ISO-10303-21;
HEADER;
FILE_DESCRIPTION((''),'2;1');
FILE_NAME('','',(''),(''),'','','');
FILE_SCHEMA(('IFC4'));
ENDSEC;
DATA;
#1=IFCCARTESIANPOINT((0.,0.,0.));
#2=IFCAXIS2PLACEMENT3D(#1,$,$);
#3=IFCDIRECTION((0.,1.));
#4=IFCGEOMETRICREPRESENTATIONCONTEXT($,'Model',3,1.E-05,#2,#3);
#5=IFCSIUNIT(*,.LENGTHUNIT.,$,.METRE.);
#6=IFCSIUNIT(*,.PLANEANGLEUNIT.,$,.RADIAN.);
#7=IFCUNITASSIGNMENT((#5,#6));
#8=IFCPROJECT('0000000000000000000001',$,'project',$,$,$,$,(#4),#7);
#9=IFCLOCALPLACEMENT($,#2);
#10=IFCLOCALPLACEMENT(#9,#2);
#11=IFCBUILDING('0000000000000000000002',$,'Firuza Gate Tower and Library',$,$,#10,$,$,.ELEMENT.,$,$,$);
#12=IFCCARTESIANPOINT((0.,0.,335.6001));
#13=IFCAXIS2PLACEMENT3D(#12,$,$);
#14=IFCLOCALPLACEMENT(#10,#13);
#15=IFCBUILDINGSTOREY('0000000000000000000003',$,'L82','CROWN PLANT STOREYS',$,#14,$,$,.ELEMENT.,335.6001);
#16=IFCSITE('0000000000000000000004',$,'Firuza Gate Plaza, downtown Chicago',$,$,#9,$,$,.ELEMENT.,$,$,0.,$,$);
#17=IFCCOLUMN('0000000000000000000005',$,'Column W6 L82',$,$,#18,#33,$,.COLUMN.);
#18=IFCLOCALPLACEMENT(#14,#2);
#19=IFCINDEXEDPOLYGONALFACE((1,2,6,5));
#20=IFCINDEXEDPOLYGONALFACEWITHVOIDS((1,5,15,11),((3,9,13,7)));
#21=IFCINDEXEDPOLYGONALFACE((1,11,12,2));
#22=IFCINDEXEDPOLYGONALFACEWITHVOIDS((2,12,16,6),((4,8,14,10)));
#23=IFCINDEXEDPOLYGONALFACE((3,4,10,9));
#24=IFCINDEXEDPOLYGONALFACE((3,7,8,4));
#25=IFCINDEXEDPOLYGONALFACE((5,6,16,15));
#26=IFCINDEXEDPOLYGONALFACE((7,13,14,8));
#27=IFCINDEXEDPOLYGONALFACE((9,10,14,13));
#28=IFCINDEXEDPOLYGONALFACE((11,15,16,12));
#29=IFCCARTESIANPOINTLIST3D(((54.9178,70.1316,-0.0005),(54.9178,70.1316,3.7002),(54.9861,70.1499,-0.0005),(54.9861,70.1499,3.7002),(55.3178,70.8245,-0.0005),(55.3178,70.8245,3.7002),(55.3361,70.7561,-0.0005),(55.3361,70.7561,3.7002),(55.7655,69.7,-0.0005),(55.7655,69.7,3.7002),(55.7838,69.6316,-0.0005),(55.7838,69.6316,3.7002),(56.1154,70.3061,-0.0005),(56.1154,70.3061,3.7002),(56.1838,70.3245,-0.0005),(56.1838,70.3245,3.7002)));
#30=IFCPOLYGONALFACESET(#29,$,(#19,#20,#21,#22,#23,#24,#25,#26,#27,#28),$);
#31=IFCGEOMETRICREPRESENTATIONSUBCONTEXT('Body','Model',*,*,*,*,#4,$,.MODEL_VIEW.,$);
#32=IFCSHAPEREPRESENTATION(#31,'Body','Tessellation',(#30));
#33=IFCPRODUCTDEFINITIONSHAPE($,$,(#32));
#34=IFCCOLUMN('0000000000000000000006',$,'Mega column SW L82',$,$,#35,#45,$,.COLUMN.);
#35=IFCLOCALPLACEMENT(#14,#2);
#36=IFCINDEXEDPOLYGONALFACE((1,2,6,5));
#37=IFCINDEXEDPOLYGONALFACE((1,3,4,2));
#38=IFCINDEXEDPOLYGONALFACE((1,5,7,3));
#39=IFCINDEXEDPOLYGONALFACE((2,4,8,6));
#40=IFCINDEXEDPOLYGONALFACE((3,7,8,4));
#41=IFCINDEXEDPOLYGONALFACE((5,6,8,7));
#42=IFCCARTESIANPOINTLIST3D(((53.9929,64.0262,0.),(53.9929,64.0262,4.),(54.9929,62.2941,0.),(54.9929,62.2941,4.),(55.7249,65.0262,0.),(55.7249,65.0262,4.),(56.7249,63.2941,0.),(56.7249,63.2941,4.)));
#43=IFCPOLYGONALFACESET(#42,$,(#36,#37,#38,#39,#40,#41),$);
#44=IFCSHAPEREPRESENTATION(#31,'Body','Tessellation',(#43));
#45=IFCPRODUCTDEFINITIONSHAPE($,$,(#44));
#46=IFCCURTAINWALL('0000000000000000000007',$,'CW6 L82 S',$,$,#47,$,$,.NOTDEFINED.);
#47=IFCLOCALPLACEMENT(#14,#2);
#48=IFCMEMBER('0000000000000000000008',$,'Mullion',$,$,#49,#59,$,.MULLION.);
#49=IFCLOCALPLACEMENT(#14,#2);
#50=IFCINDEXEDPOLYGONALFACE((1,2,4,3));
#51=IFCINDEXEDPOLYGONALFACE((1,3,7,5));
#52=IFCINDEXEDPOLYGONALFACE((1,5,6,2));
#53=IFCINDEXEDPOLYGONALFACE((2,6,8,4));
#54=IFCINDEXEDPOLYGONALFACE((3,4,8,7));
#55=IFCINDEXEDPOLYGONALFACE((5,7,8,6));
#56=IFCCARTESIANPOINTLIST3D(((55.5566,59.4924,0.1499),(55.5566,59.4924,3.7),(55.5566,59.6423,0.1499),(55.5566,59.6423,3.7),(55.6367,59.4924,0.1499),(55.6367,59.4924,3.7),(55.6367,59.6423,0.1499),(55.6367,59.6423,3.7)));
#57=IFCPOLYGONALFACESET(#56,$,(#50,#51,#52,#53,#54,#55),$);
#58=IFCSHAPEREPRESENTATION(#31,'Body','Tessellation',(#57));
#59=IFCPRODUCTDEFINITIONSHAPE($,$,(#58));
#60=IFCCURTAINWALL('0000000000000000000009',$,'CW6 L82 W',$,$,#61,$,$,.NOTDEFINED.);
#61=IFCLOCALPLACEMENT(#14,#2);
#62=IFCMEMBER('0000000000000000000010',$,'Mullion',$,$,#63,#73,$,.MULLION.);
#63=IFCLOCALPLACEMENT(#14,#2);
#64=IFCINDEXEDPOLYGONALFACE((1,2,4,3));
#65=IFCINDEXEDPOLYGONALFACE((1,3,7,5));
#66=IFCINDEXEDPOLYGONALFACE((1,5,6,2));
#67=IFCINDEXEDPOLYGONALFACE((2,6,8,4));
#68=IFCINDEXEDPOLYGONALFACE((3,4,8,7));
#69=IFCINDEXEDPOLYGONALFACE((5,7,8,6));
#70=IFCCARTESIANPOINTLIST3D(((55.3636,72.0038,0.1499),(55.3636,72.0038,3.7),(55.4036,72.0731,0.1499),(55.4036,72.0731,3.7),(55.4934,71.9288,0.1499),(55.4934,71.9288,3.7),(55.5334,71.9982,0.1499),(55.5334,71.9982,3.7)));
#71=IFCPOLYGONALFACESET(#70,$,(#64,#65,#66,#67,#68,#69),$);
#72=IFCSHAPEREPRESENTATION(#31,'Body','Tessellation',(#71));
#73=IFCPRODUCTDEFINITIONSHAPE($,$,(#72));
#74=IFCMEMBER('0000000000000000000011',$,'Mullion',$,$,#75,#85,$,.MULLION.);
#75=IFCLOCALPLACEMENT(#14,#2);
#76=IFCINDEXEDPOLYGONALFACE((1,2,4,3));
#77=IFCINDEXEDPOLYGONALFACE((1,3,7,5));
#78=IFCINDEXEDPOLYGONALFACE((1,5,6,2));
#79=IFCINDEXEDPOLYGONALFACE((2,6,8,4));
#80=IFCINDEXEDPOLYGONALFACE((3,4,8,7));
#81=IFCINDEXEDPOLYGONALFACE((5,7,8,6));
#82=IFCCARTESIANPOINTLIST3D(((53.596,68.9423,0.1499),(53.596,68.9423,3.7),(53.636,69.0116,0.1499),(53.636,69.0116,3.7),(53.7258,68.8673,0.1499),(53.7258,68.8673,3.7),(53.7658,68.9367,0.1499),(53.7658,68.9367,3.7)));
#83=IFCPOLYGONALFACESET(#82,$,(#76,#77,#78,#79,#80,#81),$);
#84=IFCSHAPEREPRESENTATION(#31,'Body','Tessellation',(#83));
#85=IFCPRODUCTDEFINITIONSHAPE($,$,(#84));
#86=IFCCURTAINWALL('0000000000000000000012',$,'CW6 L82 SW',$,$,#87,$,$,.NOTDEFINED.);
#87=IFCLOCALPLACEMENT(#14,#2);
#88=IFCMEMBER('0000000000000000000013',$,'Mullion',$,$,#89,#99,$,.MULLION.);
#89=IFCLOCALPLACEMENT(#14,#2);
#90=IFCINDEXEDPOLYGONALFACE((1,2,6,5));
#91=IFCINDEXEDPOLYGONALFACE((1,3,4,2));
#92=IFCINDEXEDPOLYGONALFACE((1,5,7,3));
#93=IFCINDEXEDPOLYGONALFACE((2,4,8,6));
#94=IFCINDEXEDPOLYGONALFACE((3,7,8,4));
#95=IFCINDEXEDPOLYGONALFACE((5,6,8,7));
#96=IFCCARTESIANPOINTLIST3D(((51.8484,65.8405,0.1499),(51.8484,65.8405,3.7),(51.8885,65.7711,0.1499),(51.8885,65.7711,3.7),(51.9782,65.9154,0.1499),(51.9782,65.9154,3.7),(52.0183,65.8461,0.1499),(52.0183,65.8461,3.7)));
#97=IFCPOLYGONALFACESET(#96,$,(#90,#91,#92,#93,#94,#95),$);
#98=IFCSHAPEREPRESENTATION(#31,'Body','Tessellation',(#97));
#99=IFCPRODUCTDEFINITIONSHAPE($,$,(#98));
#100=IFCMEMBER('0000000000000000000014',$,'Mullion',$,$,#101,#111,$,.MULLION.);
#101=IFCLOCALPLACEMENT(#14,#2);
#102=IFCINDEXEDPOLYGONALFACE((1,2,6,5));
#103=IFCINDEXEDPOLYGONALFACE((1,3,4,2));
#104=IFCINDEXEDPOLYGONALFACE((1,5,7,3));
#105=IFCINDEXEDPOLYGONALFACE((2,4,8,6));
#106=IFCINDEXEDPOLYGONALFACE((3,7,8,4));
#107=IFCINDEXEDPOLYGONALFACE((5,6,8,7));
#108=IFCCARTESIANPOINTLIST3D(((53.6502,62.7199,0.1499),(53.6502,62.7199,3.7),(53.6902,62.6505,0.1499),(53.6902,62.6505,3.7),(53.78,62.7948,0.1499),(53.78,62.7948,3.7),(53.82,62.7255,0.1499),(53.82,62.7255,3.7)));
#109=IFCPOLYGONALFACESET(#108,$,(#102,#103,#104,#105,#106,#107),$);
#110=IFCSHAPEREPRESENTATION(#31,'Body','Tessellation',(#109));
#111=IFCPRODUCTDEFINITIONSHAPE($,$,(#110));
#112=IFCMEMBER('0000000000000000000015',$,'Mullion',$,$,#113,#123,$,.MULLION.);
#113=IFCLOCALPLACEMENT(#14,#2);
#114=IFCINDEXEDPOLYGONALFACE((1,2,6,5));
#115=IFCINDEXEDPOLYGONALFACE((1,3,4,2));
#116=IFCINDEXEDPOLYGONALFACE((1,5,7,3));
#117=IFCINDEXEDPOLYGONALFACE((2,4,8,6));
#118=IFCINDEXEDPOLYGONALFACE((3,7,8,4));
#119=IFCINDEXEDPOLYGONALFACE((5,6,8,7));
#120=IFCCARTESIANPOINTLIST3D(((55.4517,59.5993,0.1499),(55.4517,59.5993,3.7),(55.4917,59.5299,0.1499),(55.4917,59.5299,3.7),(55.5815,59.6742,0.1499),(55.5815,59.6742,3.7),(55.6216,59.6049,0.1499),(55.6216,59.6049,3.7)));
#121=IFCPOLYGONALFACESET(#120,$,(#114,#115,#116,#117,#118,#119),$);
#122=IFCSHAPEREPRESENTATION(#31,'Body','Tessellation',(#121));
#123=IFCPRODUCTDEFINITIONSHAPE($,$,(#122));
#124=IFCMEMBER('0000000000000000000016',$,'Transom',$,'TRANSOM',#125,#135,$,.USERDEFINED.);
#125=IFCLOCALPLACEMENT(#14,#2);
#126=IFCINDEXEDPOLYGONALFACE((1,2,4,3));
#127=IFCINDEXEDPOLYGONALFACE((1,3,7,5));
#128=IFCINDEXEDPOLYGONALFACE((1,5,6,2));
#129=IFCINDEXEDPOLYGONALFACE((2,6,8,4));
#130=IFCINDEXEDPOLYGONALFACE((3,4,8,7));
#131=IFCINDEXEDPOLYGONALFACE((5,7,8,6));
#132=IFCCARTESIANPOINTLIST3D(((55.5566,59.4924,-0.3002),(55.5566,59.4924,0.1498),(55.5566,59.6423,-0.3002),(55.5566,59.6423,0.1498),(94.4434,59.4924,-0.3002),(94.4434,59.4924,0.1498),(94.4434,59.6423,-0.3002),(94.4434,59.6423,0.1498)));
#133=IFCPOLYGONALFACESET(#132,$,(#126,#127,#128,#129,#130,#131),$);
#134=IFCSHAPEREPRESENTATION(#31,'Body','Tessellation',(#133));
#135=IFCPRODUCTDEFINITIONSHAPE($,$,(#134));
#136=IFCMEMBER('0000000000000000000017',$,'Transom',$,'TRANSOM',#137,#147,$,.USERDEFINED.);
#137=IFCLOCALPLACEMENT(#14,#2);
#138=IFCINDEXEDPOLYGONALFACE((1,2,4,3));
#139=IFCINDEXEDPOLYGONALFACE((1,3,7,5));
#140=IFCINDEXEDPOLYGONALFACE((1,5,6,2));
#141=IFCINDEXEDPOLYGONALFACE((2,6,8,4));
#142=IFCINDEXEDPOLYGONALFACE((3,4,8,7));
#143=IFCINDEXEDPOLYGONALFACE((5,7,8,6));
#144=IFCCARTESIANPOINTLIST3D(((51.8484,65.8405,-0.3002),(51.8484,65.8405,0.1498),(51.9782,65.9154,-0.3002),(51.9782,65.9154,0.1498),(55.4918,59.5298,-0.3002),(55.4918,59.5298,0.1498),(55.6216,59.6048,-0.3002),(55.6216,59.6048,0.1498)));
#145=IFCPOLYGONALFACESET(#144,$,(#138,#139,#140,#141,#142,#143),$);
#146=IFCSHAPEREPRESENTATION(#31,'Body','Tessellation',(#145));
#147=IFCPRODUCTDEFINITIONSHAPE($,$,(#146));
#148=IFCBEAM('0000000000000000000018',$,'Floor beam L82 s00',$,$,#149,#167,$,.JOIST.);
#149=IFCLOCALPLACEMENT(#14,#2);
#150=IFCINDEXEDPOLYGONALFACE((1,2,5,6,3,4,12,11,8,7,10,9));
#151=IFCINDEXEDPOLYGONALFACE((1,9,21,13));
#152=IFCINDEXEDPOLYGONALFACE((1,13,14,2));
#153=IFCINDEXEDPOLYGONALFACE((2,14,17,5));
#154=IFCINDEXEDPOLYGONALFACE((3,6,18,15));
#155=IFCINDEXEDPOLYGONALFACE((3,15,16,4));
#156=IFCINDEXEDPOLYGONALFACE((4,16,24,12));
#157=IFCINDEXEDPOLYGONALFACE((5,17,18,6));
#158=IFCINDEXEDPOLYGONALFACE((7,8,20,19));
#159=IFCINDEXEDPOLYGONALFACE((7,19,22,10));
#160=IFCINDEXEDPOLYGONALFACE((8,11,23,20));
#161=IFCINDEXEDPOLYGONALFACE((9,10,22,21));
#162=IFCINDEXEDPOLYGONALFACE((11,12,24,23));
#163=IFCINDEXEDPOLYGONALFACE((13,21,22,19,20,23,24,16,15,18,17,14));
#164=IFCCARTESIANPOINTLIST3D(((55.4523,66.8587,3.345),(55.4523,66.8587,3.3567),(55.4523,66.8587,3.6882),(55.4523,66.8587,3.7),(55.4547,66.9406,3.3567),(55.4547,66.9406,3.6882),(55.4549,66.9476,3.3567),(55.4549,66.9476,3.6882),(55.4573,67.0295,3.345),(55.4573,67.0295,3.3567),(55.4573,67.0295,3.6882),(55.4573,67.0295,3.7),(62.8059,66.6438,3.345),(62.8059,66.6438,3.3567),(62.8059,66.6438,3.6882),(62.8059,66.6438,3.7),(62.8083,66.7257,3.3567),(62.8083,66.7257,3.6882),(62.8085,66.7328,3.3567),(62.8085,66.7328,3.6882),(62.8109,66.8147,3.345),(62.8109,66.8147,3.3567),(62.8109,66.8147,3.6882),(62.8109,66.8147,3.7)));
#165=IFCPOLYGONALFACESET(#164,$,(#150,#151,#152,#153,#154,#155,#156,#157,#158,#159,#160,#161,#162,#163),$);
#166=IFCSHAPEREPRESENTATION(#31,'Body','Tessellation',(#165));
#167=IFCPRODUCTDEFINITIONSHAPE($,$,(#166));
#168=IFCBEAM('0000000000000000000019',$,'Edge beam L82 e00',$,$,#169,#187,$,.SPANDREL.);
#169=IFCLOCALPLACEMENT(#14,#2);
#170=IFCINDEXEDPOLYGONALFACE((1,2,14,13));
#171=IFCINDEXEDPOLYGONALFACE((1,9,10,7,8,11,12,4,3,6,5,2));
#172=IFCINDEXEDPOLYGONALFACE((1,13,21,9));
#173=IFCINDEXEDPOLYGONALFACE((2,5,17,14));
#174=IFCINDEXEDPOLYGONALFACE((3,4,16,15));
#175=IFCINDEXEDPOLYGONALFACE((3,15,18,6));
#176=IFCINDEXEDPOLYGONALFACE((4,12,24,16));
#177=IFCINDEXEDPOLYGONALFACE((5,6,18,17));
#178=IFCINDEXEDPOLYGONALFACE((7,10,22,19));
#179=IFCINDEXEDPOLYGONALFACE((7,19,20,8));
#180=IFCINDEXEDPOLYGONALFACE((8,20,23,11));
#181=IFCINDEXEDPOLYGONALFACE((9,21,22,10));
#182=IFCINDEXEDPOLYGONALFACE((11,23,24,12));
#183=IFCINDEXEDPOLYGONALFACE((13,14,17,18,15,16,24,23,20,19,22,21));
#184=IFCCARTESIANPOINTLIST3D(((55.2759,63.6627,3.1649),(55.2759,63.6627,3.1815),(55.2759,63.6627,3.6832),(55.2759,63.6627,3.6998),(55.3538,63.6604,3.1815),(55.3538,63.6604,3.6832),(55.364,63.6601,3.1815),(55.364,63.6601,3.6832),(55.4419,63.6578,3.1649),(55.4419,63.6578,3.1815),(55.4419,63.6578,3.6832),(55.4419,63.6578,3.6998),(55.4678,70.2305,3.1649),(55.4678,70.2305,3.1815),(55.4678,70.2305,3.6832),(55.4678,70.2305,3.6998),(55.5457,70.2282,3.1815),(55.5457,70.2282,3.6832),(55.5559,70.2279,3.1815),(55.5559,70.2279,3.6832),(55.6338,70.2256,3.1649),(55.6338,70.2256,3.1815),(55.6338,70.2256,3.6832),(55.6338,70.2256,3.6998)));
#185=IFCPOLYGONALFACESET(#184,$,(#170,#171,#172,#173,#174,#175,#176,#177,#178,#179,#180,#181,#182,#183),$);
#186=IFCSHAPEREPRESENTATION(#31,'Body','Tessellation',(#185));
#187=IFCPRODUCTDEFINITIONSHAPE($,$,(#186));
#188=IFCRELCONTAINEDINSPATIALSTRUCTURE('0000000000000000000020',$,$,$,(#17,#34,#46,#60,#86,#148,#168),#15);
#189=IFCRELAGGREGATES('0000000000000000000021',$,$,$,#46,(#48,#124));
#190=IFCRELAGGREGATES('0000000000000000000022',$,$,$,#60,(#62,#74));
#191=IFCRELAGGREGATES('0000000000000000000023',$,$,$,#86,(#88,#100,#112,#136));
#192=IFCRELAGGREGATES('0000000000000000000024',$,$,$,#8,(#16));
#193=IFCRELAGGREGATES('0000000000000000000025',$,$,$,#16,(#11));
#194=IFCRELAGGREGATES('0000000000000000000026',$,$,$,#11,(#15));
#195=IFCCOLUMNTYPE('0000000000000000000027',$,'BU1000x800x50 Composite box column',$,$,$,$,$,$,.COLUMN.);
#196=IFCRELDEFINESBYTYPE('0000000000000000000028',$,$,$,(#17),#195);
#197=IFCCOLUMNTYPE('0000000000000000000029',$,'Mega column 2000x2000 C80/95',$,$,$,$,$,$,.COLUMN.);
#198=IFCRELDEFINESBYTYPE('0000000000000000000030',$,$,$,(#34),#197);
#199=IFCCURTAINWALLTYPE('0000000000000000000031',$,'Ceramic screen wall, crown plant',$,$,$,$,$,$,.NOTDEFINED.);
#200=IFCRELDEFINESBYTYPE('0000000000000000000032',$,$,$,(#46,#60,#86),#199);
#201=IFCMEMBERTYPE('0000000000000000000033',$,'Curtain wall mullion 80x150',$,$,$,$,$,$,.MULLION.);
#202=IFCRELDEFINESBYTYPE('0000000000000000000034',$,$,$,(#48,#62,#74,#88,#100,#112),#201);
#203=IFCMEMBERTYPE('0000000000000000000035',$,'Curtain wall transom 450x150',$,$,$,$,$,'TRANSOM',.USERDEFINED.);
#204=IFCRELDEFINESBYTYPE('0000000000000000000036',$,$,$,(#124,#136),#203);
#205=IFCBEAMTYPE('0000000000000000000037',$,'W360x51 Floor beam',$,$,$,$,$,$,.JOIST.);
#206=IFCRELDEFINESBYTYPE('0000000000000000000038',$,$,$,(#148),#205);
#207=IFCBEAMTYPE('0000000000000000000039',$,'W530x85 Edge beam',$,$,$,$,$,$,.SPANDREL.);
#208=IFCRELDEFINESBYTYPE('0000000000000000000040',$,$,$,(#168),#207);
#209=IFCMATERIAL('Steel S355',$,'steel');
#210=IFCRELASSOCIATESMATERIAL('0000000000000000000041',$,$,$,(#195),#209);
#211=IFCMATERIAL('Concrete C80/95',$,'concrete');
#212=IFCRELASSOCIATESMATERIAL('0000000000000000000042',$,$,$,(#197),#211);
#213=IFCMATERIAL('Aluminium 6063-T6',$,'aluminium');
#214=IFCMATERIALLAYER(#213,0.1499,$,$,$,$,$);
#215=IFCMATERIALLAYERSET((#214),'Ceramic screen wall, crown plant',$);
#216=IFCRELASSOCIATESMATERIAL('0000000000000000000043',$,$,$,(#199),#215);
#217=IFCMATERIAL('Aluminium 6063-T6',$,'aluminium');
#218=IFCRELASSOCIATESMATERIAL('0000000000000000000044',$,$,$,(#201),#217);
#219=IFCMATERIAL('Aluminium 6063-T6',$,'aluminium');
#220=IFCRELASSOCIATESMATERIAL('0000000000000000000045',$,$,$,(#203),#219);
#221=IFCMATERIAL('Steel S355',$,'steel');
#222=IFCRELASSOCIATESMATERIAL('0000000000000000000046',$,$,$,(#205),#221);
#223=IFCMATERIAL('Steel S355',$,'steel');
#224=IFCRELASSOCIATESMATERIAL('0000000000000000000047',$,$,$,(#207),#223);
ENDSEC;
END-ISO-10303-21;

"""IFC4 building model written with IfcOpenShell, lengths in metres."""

from ifc_helpers import new_model, si_unit, direction, frame, origin, origin_2d, place, context, subcontext, project, spatial, rectangle, hollow_rectangle, i_section, extrude, material, layer, layer_set, material_profile, profile_set, type_object, element, aggregate, save


model = new_model("IFC4")

# Units and contexts
model_context = context("Model", 3, precision=1e-05, world=origin(), true_north=direction((0.0, 1.0)))
body_context = subcontext(model_context, "Body", "Model", "MODEL_VIEW")
ifc_project = project(units=[si_unit("LENGTHUNIT", "METRE"), si_unit("PLANEANGLEUNIT", "RADIAN")], contexts=[model_context])

# Site, building, storey
site_placement = place(None, origin())
site = spatial("IfcSite", under=ifc_project, at=site_placement, Name="Firuza Gate Plaza, downtown Chicago", CompositionType="ELEMENT", RefElevation=0.0)
building_placement = place(site_placement, origin())
building = spatial("IfcBuilding", under=site, at=building_placement, Name="Firuza Gate Tower and Library", CompositionType="ELEMENT")
storey_placement = place(building_placement, frame((0.0, 0.0, 335.6001)))
storey = spatial("IfcBuildingStorey", under=building, at=storey_placement, Name="L82", Description="CROWN PLANT STOREYS", CompositionType="ELEMENT", Elevation=335.6001)

# Columns
ifc_material_1 = material(Name="Steel S355", Category="steel")
ifc_material_profile_1 = material_profile(ifc_material_1, hollow_rectangle(XDim=0.8, YDim=1.0, WallThickness=0.05, at=origin_2d()))
ifc_profile_set_1 = profile_set([ifc_material_profile_1], Name="Steel S355")
column_type_1 = type_object("IfcColumnType", Name="BU1000x800x50 Composite box column", PredefinedType="COLUMN", material=ifc_profile_set_1)
column_1_placement = place(storey_placement, frame((55.5508, 70.228, -0.0005), z_axis=(0.0, 0.0, 1.0), x_axis=(-0.5, -0.866025, 0.0)))
element("IfcColumn", 1, at=column_1_placement, inside=storey, type_object=column_type_1, Name="Column W6 L82", PredefinedType="COLUMN", context=body_context, shape_type="SweptSolid", body=[
    extrude(hollow_rectangle(XDim=0.8, YDim=1.0, WallThickness=0.05, at=origin_2d()), origin(), (0.0, 0.0, 1.0), 3.7007),
])
ifc_material_2 = material(Name="Concrete C80/95", Category="concrete")
ifc_material_profile_2 = material_profile(ifc_material_2, rectangle(XDim=2.0, YDim=2.0, at=origin_2d()))
ifc_profile_set_2 = profile_set([ifc_material_profile_2], Name="Concrete C80/95")
column_type_2 = type_object("IfcColumnType", Name="Mega column 2000x2000 C80/95", PredefinedType="COLUMN", material=ifc_profile_set_2)
column_2_placement = place(storey_placement, frame((55.3589, 63.6602, 0.0), z_axis=(0.0, 0.0, 1.0), x_axis=(0.5, -0.866025, 0.0)))
element("IfcColumn", 2, at=column_2_placement, inside=storey, type_object=column_type_2, Name="Mega column SW L82", PredefinedType="COLUMN", context=body_context, shape_type="SweptSolid", body=[
    extrude(rectangle(XDim=2.0, YDim=2.0, at=origin_2d()), origin(), (0.0, 0.0, 1.0), 4.0),
])

# Curtain wall, member
ifc_material_3 = material(Name="Aluminium 6063-T6", Category="aluminium")
ifc_layer_1 = layer(ifc_material_3, 0.1499)
ifc_layer_set_1 = layer_set([ifc_layer_1], Name="Ceramic screen wall, crown plant")
curtain_wall_type = type_object("IfcCurtainWallType", Name="Ceramic screen wall, crown plant", PredefinedType="NOTDEFINED", material=ifc_layer_set_1)
placement_1 = place(storey_placement, origin())
curtain_wall_1 = element("IfcCurtainWall", 3, at=placement_1, inside=storey, type_object=curtain_wall_type, Name="CW6 L82 S", PredefinedType="NOTDEFINED")
ifc_material_4 = material(Name="Aluminium 6063-T6", Category="aluminium")
ifc_material_profile_3 = material_profile(ifc_material_4, rectangle(XDim=0.1499, YDim=0.0801, at=origin_2d()))
ifc_profile_set_3 = profile_set([ifc_material_profile_3], Name="Aluminium 6063-T6")
member_type_1 = type_object("IfcMemberType", Name="Curtain wall mullion 80x150", PredefinedType="MULLION", material=ifc_profile_set_3)
member_1_placement = place(storey_placement, frame((55.5967, 59.5674, 0.1499), z_axis=(0.0, 0.0, 1.0), x_axis=(0.0, 1.0, 0.0)))
member_1 = element("IfcMember", 4, at=member_1_placement, type_object=member_type_1, Name="Mullion", PredefinedType="MULLION", context=body_context, shape_type="SweptSolid", body=[
    extrude(rectangle(XDim=0.1499, YDim=0.0801, at=origin_2d()), origin(), (0.0, 0.0, 1.0), 3.55),
])

# Curtain walls, members
curtain_wall_2 = element("IfcCurtainWall", 5, at=placement_1, inside=storey, type_object=curtain_wall_type, Name="CW6 L82 W", PredefinedType="NOTDEFINED")
member_2_placement = place(storey_placement, frame((55.4485, 72.001, 0.1499), z_axis=(0.0, 0.0, 1.0), x_axis=(0.866025, -0.5, 0.0)))
member_2 = element("IfcMember", 6, at=member_2_placement, type_object=member_type_1, Name="Mullion", PredefinedType="MULLION", context=body_context, shape_type="SweptSolid", body=[
    extrude(rectangle(XDim=0.1499, YDim=0.0801, at=origin_2d()), origin(), (0.0, 0.0, 1.0), 3.55),
])
member_3_placement = place(storey_placement, frame((53.6809, 68.9395, 0.1499), z_axis=(0.0, 0.0, 1.0), x_axis=(0.866025, -0.5, 0.0)))
member_3 = element("IfcMember", 7, at=member_3_placement, type_object=member_type_1, Name="Mullion", PredefinedType="MULLION", context=body_context, shape_type="SweptSolid", body=[
    extrude(rectangle(XDim=0.1499, YDim=0.0801, at=origin_2d()), origin(), (0.0, 0.0, 1.0), 3.55),
])
curtain_wall_3 = element("IfcCurtainWall", 8, at=placement_1, inside=storey, type_object=curtain_wall_type, Name="CW6 L82 SW", PredefinedType="NOTDEFINED")
member_4_placement = place(storey_placement, frame((51.9333, 65.8433, 0.1499), z_axis=(0.0, 0.0, 1.0), x_axis=(0.866025, 0.5, 0.0)))
member_4 = element("IfcMember", 9, at=member_4_placement, type_object=member_type_1, Name="Mullion", PredefinedType="MULLION", context=body_context, shape_type="SweptSolid", body=[
    extrude(rectangle(XDim=0.1499, YDim=0.0801, at=origin_2d()), origin(), (0.0, 0.0, 1.0), 3.55),
])
member_5_placement = place(storey_placement, frame((53.7351, 62.7227, 0.1499), z_axis=(0.0, 0.0, 1.0), x_axis=(0.866025, 0.5, 0.0)))
member_5 = element("IfcMember", 10, at=member_5_placement, type_object=member_type_1, Name="Mullion", PredefinedType="MULLION", context=body_context, shape_type="SweptSolid", body=[
    extrude(rectangle(XDim=0.1499, YDim=0.0801, at=origin_2d()), origin(), (0.0, 0.0, 1.0), 3.55),
])
member_6_placement = place(storey_placement, frame((55.5366, 59.6021, 0.1499), z_axis=(0.0, 0.0, 1.0), x_axis=(0.866025, 0.5, 0.0)))
member_6 = element("IfcMember", 11, at=member_6_placement, type_object=member_type_1, Name="Mullion", PredefinedType="MULLION", context=body_context, shape_type="SweptSolid", body=[
    extrude(rectangle(XDim=0.1499, YDim=0.0801, at=origin_2d()), origin(), (0.0, 0.0, 1.0), 3.55),
])

# Members
ifc_material_5 = material(Name="Aluminium 6063-T6", Category="aluminium")
ifc_material_profile_4 = material_profile(ifc_material_5, rectangle(XDim=0.1499, YDim=0.45, at=origin_2d()))
ifc_profile_set_4 = profile_set([ifc_material_profile_4], Name="Aluminium 6063-T6")
member_type_2 = type_object("IfcMemberType", Name="Curtain wall transom 450x150", ElementType="TRANSOM", PredefinedType="USERDEFINED", material=ifc_profile_set_4)
member_7_placement = place(storey_placement, frame((55.5566, 59.5674, -0.0752), z_axis=(1.0, 0.0, 0.0), x_axis=(0.0, 1.0, 0.0)))
member_7 = element("IfcMember", 12, at=member_7_placement, type_object=member_type_2, Name="Transom", ObjectType="TRANSOM", PredefinedType="USERDEFINED", context=body_context, shape_type="SweptSolid", body=[
    extrude(rectangle(XDim=0.1499, YDim=0.45, at=origin_2d()), origin(), (0.0, 0.0, 1.0), 38.8867),
])
member_8_placement = place(storey_placement, frame((51.9133, 65.8779, -0.0752), z_axis=(0.499991, -0.86603, 0.0), x_axis=(0.86603, 0.499991, 0.0)))
member_8 = element("IfcMember", 13, at=member_8_placement, type_object=member_type_2, Name="Transom", ObjectType="TRANSOM", PredefinedType="USERDEFINED", context=body_context, shape_type="SweptSolid", body=[
    extrude(rectangle(XDim=0.1499, YDim=0.45, at=origin_2d()), origin(), (0.0, 0.0, 1.0), 7.2869),
])

# Beams
ifc_material_6 = material(Name="Steel S355", Category="steel")
ifc_material_profile_5 = material_profile(ifc_material_6, i_section(OverallWidth=0.1709, OverallDepth=0.355, WebThickness=0.0071, FlangeThickness=0.0117, at=origin_2d()))
ifc_profile_set_5 = profile_set([ifc_material_profile_5], Name="Steel S355")
beam_type_1 = type_object("IfcBeamType", Name="W360x51 Floor beam", PredefinedType="JOIST", material=ifc_profile_set_5)
beam_1_placement = place(storey_placement, frame((55.4548, 66.9441, 3.5225), z_axis=(0.999573, -0.029204, 0.0), x_axis=(0.029204, 0.999573, 0.0)))
element("IfcBeam", 14, at=beam_1_placement, inside=storey, type_object=beam_type_1, Name="Floor beam L82 s00", PredefinedType="JOIST", context=body_context, shape_type="SweptSolid", body=[
    extrude(i_section(OverallWidth=0.1709, OverallDepth=0.355, WebThickness=0.0071, FlangeThickness=0.0117, at=origin_2d()), origin(), (0.0, 0.0, 1.0), 7.3567),
])
ifc_material_7 = material(Name="Steel S355", Category="steel")
ifc_material_profile_6 = material_profile(ifc_material_7, i_section(OverallWidth=0.166, OverallDepth=0.5349, WebThickness=0.0103, FlangeThickness=0.0166, at=origin_2d()))
ifc_profile_set_6 = profile_set([ifc_material_profile_6], Name="Steel S355")
beam_type_2 = type_object("IfcBeamType", Name="W530x85 Edge beam", PredefinedType="SPANDREL", material=ifc_profile_set_6)
for number, where, z_axis, x_axis, name in (
    (15, (55.5508, 70.228, 3.4324), (-0.029205, -0.999573, 0.0), (0.999573, -0.029205, 0.0), "Edge beam L82 e00"),
):
    element("IfcBeam", number, at=place(storey_placement, frame(where, z_axis=z_axis, x_axis=x_axis)), inside=storey, type_object=beam_type_2, Name=name, PredefinedType="SPANDREL", context=body_context, shape_type="SweptSolid", body=[
        extrude(i_section(OverallWidth=0.166, OverallDepth=0.5349, WebThickness=0.0103, FlangeThickness=0.0166, at=origin_2d()), origin(), (0.0, 0.0, 1.0), 6.5706),
    ])

aggregate(curtain_wall_1, [member_1, member_7])
aggregate(curtain_wall_2, [member_2, member_3])
aggregate(curtain_wall_3, [member_4, member_5, member_6, member_8])

save(model, "model.ifc")
